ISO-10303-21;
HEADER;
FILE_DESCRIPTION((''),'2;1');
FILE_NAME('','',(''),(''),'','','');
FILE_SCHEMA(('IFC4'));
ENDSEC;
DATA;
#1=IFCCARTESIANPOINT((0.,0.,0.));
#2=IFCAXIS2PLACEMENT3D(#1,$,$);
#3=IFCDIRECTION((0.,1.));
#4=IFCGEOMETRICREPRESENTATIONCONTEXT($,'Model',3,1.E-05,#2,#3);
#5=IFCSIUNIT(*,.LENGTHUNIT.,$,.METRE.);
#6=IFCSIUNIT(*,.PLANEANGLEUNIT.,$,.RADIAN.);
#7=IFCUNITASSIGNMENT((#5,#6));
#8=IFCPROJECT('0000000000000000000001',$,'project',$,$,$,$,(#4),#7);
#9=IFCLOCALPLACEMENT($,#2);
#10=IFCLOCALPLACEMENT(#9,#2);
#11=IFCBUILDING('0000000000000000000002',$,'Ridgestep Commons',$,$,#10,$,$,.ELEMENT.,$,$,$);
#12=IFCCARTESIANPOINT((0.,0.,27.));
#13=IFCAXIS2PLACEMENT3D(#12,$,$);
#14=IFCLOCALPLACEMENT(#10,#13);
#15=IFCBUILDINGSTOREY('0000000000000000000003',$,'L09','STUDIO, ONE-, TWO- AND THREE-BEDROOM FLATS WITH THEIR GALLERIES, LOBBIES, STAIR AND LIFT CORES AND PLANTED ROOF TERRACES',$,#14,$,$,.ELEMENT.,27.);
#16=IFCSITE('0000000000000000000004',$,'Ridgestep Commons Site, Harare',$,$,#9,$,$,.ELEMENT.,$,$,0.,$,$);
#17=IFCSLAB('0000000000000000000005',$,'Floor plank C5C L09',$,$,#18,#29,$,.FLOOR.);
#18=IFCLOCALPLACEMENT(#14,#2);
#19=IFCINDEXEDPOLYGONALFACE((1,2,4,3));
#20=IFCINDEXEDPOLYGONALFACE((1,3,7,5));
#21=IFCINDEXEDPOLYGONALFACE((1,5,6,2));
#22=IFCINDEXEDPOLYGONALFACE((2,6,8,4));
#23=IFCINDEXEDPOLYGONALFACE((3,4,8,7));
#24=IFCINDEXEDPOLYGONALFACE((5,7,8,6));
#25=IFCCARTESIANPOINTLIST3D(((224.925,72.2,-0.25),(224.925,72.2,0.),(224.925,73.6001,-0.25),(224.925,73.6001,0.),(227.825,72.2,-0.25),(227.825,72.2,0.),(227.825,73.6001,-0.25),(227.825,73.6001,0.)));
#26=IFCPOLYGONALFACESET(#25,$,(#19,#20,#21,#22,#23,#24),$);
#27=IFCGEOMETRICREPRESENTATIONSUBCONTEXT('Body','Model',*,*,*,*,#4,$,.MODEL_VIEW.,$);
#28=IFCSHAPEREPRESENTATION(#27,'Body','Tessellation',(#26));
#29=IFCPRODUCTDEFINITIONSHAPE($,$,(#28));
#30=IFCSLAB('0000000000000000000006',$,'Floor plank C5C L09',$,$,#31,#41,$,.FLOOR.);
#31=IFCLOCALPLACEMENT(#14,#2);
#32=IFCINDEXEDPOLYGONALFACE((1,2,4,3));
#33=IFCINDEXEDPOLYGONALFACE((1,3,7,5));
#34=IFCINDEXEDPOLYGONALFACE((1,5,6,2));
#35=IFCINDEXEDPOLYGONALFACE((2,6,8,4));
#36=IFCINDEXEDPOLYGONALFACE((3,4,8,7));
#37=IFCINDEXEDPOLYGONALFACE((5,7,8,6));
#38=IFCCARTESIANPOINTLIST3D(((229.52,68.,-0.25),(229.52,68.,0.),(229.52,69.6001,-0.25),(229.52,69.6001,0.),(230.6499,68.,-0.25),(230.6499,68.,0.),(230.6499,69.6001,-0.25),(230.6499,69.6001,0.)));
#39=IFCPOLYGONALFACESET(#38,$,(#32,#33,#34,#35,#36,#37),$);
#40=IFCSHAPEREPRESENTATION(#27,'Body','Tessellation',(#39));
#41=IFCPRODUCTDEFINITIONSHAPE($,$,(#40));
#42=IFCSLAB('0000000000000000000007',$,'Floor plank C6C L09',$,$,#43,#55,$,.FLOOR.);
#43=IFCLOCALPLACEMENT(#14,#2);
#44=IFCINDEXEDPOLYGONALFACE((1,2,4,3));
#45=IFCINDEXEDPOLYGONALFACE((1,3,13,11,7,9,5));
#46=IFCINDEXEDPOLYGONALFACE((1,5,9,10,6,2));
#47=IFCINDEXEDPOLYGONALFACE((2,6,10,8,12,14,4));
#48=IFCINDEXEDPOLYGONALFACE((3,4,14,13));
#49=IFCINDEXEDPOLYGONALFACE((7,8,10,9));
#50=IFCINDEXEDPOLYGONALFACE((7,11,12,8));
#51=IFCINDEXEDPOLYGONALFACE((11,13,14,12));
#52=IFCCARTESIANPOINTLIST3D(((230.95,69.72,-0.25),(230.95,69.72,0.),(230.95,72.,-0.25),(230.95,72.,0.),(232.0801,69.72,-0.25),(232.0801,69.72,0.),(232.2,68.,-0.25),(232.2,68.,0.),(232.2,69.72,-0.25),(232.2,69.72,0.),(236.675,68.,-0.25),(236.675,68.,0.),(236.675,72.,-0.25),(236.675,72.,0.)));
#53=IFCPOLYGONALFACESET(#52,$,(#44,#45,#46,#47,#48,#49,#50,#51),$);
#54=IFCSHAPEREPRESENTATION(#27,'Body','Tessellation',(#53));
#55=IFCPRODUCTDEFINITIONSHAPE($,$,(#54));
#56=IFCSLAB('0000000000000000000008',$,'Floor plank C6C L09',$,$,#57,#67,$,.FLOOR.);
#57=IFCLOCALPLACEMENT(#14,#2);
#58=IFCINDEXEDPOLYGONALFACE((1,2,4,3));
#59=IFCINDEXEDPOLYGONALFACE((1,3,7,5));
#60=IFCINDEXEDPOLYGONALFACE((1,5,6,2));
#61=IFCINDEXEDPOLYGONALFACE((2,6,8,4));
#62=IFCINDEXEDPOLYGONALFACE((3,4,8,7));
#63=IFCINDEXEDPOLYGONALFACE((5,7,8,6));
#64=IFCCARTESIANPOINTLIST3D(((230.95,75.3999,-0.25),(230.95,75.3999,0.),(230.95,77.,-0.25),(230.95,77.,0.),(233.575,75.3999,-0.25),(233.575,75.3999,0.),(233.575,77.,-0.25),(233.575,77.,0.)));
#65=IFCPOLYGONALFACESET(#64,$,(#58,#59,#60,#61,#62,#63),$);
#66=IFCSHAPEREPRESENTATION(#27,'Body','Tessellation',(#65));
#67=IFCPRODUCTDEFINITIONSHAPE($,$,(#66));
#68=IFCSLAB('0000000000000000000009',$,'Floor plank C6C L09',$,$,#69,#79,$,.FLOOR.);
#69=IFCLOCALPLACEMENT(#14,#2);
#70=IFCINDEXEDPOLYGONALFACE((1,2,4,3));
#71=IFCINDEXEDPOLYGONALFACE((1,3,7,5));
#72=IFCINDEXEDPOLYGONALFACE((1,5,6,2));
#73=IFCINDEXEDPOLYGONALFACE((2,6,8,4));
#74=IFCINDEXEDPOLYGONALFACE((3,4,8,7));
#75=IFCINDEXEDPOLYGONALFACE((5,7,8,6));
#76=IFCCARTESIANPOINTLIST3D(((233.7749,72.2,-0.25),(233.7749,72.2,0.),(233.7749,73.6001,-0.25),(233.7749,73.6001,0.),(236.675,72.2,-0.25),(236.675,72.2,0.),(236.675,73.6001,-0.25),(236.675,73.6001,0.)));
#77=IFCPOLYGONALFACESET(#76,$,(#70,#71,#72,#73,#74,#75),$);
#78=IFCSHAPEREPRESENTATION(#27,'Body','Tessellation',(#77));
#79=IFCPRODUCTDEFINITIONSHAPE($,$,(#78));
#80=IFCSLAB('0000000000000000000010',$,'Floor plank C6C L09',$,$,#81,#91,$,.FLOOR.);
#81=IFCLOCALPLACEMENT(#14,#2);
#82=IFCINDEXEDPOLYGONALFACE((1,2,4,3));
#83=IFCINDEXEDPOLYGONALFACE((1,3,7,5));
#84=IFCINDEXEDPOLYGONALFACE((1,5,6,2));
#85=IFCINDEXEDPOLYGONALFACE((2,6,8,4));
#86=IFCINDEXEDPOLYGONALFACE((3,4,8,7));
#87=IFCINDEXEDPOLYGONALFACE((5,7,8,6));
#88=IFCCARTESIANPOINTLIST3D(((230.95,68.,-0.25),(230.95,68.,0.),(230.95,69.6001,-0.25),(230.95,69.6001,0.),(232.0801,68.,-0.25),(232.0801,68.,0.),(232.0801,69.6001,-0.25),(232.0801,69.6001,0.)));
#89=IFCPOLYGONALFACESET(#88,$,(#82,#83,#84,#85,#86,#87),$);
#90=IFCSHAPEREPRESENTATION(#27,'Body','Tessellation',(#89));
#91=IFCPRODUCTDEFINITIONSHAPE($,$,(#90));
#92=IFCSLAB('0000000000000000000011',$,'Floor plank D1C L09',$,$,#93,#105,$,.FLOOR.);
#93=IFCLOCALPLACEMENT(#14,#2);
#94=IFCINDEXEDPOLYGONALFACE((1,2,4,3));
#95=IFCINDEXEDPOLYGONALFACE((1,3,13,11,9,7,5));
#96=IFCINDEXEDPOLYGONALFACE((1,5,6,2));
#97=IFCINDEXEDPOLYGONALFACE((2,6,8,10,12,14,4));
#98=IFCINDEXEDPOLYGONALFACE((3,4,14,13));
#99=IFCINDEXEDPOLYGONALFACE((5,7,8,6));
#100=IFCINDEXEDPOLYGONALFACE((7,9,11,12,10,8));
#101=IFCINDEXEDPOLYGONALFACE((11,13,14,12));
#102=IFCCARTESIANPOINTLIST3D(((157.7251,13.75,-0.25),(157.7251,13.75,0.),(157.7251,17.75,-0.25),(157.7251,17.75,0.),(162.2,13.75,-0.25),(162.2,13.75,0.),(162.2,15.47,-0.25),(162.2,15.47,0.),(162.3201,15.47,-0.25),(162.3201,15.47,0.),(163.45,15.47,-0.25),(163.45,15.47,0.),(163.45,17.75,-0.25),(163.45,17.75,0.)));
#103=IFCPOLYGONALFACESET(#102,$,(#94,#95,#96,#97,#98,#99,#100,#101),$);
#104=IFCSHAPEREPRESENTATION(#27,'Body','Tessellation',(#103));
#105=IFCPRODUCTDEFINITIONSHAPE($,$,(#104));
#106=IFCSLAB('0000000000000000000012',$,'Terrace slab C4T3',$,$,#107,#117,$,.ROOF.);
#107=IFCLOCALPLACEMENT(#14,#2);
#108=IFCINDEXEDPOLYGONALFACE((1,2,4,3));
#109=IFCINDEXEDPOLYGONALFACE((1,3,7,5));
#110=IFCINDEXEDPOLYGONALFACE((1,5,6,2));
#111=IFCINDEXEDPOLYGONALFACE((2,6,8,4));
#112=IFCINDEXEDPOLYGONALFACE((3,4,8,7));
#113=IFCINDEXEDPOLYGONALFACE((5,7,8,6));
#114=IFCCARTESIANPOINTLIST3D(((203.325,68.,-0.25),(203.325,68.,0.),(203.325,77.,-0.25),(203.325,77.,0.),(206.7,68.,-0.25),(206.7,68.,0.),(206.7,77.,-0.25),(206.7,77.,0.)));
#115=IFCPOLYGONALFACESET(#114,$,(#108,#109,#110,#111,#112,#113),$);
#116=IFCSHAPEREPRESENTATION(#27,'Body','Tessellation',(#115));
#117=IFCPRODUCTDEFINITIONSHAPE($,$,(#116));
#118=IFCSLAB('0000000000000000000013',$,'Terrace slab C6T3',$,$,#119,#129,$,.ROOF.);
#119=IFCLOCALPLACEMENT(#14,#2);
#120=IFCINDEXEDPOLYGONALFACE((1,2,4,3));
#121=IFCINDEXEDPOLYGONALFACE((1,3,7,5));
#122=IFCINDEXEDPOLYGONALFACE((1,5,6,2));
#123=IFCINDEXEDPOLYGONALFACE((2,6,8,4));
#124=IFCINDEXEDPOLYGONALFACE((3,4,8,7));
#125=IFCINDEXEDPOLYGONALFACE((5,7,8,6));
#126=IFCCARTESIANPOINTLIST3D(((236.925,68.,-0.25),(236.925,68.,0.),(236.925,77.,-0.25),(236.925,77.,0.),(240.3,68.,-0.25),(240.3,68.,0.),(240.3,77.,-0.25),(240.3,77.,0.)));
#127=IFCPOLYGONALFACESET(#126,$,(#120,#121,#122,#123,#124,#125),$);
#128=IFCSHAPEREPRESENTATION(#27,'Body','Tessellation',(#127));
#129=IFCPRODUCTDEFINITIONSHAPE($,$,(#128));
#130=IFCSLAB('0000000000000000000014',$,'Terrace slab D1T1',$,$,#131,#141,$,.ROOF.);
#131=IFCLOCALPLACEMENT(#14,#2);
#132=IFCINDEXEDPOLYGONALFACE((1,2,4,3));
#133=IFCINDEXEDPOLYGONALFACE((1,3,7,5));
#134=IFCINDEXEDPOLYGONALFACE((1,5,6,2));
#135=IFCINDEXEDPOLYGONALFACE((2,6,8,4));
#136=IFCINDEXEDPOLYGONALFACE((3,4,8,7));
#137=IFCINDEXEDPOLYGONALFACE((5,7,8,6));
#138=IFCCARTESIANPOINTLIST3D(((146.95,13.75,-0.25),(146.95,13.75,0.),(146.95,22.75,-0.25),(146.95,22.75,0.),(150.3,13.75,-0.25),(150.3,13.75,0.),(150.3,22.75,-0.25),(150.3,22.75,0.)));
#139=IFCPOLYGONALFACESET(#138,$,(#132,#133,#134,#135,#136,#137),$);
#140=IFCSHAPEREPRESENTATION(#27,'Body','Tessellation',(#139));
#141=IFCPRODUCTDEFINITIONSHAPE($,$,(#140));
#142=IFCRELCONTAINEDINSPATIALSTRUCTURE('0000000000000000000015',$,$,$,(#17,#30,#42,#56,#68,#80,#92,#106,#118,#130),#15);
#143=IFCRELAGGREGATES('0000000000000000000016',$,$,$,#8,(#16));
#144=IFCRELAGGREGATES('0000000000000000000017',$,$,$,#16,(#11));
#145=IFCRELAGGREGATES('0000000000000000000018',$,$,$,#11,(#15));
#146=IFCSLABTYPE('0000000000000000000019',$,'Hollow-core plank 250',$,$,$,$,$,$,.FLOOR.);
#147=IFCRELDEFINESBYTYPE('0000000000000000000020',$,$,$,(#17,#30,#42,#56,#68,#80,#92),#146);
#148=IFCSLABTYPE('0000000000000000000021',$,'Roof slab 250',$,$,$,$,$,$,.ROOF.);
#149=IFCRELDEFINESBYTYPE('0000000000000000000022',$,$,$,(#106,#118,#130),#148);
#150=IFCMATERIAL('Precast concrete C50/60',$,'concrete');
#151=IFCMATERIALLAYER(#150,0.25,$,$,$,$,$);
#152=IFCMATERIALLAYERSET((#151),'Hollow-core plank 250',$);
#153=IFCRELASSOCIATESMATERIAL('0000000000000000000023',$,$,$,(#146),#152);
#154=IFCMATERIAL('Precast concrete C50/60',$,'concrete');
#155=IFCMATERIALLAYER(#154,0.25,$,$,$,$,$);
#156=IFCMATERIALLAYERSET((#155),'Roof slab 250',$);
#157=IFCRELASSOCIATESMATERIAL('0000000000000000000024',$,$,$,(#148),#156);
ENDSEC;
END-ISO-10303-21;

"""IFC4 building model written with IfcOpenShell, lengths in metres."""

from ifc_helpers import new_model, si_unit, direction, frame, origin, place, context, subcontext, project, spatial, polyline, outline, extrude, material, layer, layer_set, type_object, element, save


model = new_model("IFC4")

# Units and contexts
model_context = context("Model", 3, precision=1e-05, world=origin(), true_north=direction((0.0, 1.0)))
body_context = subcontext(model_context, "Body", "Model", "MODEL_VIEW")
ifc_project = project(units=[si_unit("LENGTHUNIT", "METRE"), si_unit("PLANEANGLEUNIT", "RADIAN")], contexts=[model_context])

# Site, building, storey
site_placement = place(None, origin())
site = spatial("IfcSite", under=ifc_project, at=site_placement, Name="Ridgestep Commons Site, Harare", CompositionType="ELEMENT", RefElevation=0.0)
building_placement = place(site_placement, origin())
building = spatial("IfcBuilding", under=site, at=building_placement, Name="Ridgestep Commons", CompositionType="ELEMENT")
storey_placement = place(building_placement, frame((0.0, 0.0, 27.0)))
storey = spatial("IfcBuildingStorey", under=building, at=storey_placement, Name="L09", Description="STUDIO, ONE-, TWO- AND THREE-BEDROOM FLATS WITH THEIR GALLERIES, LOBBIES, STAIR AND LIFT CORES AND PLANTED ROOF TERRACES", CompositionType="ELEMENT", Elevation=27.0)

# Slabs
ifc_material_1 = material(Name="Precast concrete C50/60", Category="concrete")
ifc_layer_1 = layer(ifc_material_1, 0.25)
ifc_layer_set_1 = layer_set([ifc_layer_1], Name="Hollow-core plank 250")
slab_type_1 = type_object("IfcSlabType", Name="Hollow-core plank 250", PredefinedType="FLOOR", material=ifc_layer_set_1)
slab_1_placement = place(storey_placement, frame((0.0, 0.0, -0.25)))
element("IfcSlab", 1, at=slab_1_placement, inside=storey, type_object=slab_type_1, Name="Floor plank C5C L09", PredefinedType="FLOOR", context=body_context, shape_type="SweptSolid", body=[
    extrude(outline(polyline([(227.825, 72.2), (227.825, 73.6001), (224.925, 73.6001), (224.925, 72.2), (227.825, 72.2)])), origin(), (0.0, 0.0, 1.0), 0.25),
])
slab_2_placement = place(storey_placement, frame((0.0, 0.0, -0.25)))
element("IfcSlab", 2, at=slab_2_placement, inside=storey, type_object=slab_type_1, Name="Floor plank C5C L09", PredefinedType="FLOOR", context=body_context, shape_type="SweptSolid", body=[
    extrude(outline(polyline([(229.52, 68.0), (230.6499, 68.0), (230.6499, 69.6001), (229.52, 69.6001), (229.52, 68.0)])), origin(), (0.0, 0.0, 1.0), 0.25),
])
slab_3_placement = place(storey_placement, frame((0.0, 0.0, -0.25)))
element("IfcSlab", 3, at=slab_3_placement, inside=storey, type_object=slab_type_1, Name="Floor plank C6C L09", PredefinedType="FLOOR", context=body_context, shape_type="SweptSolid", body=[
    extrude(outline(polyline([(232.2, 68.0), (236.675, 68.0), (236.675, 72.0), (230.95, 72.0), (230.95, 69.72), (232.0801, 69.72), (232.2, 69.72), (232.2, 68.0)])), origin(), (0.0, 0.0, 1.0), 0.25),
])
slab_4_placement = place(storey_placement, frame((0.0, 0.0, -0.25)))
element("IfcSlab", 4, at=slab_4_placement, inside=storey, type_object=slab_type_1, Name="Floor plank C6C L09", PredefinedType="FLOOR", context=body_context, shape_type="SweptSolid", body=[
    extrude(outline(polyline([(233.575, 77.0), (230.95, 77.0), (230.95, 75.3999), (233.575, 75.3999), (233.575, 77.0)])), origin(), (0.0, 0.0, 1.0), 0.25),
])
slab_5_placement = place(storey_placement, frame((0.0, 0.0, -0.25)))
element("IfcSlab", 5, at=slab_5_placement, inside=storey, type_object=slab_type_1, Name="Floor plank C6C L09", PredefinedType="FLOOR", context=body_context, shape_type="SweptSolid", body=[
    extrude(outline(polyline([(236.675, 72.2), (236.675, 73.6001), (233.7749, 73.6001), (233.7749, 72.2), (236.675, 72.2)])), origin(), (0.0, 0.0, 1.0), 0.25),
])
slab_6_placement = place(storey_placement, frame((0.0, 0.0, -0.25)))
element("IfcSlab", 6, at=slab_6_placement, inside=storey, type_object=slab_type_1, Name="Floor plank C6C L09", PredefinedType="FLOOR", context=body_context, shape_type="SweptSolid", body=[
    extrude(outline(polyline([(232.0801, 69.6001), (230.95, 69.6001), (230.95, 68.0), (232.0801, 68.0), (232.0801, 69.6001)])), origin(), (0.0, 0.0, 1.0), 0.25),
])
slab_7_placement = place(storey_placement, frame((0.0, 0.0, -0.25)))
element("IfcSlab", 7, at=slab_7_placement, inside=storey, type_object=slab_type_1, Name="Floor plank D1C L09", PredefinedType="FLOOR", context=body_context, shape_type="SweptSolid", body=[
    extrude(outline(polyline([(162.3201, 15.47), (163.45, 15.47), (163.45, 17.75), (157.7251, 17.75), (157.7251, 13.75), (162.2, 13.75), (162.2, 15.47), (162.3201, 15.47)])), origin(), (0.0, 0.0, 1.0), 0.25),
])
ifc_material_2 = material(Name="Precast concrete C50/60", Category="concrete")
ifc_layer_2 = layer(ifc_material_2, 0.25)
ifc_layer_set_2 = layer_set([ifc_layer_2], Name="Roof slab 250")
slab_type_2 = type_object("IfcSlabType", Name="Roof slab 250", PredefinedType="ROOF", material=ifc_layer_set_2)
slab_8_placement = place(storey_placement, frame((0.0, 0.0, -0.25)))
element("IfcSlab", 8, at=slab_8_placement, inside=storey, type_object=slab_type_2, Name="Terrace slab C4T3", PredefinedType="ROOF", context=body_context, shape_type="SweptSolid", body=[
    extrude(outline(polyline([(206.7, 68.0), (206.7, 77.0), (203.325, 77.0), (203.325, 68.0), (206.7, 68.0)])), origin(), (0.0, 0.0, 1.0), 0.25),
])
slab_9_placement = place(storey_placement, frame((0.0, 0.0, -0.25)))
element("IfcSlab", 9, at=slab_9_placement, inside=storey, type_object=slab_type_2, Name="Terrace slab C6T3", PredefinedType="ROOF", context=body_context, shape_type="SweptSolid", body=[
    extrude(outline(polyline([(240.3, 68.0), (240.3, 77.0), (236.925, 77.0), (236.925, 68.0), (240.3, 68.0)])), origin(), (0.0, 0.0, 1.0), 0.25),
])
slab_10_placement = place(storey_placement, frame((0.0, 0.0, -0.25)))
element("IfcSlab", 10, at=slab_10_placement, inside=storey, type_object=slab_type_2, Name="Terrace slab D1T1", PredefinedType="ROOF", context=body_context, shape_type="SweptSolid", body=[
    extrude(outline(polyline([(150.3, 13.75), (150.3, 22.75), (146.95, 22.75), (146.95, 13.75), (150.3, 13.75)])), origin(), (0.0, 0.0, 1.0), 0.25),
])

save(model, "model.ifc")
